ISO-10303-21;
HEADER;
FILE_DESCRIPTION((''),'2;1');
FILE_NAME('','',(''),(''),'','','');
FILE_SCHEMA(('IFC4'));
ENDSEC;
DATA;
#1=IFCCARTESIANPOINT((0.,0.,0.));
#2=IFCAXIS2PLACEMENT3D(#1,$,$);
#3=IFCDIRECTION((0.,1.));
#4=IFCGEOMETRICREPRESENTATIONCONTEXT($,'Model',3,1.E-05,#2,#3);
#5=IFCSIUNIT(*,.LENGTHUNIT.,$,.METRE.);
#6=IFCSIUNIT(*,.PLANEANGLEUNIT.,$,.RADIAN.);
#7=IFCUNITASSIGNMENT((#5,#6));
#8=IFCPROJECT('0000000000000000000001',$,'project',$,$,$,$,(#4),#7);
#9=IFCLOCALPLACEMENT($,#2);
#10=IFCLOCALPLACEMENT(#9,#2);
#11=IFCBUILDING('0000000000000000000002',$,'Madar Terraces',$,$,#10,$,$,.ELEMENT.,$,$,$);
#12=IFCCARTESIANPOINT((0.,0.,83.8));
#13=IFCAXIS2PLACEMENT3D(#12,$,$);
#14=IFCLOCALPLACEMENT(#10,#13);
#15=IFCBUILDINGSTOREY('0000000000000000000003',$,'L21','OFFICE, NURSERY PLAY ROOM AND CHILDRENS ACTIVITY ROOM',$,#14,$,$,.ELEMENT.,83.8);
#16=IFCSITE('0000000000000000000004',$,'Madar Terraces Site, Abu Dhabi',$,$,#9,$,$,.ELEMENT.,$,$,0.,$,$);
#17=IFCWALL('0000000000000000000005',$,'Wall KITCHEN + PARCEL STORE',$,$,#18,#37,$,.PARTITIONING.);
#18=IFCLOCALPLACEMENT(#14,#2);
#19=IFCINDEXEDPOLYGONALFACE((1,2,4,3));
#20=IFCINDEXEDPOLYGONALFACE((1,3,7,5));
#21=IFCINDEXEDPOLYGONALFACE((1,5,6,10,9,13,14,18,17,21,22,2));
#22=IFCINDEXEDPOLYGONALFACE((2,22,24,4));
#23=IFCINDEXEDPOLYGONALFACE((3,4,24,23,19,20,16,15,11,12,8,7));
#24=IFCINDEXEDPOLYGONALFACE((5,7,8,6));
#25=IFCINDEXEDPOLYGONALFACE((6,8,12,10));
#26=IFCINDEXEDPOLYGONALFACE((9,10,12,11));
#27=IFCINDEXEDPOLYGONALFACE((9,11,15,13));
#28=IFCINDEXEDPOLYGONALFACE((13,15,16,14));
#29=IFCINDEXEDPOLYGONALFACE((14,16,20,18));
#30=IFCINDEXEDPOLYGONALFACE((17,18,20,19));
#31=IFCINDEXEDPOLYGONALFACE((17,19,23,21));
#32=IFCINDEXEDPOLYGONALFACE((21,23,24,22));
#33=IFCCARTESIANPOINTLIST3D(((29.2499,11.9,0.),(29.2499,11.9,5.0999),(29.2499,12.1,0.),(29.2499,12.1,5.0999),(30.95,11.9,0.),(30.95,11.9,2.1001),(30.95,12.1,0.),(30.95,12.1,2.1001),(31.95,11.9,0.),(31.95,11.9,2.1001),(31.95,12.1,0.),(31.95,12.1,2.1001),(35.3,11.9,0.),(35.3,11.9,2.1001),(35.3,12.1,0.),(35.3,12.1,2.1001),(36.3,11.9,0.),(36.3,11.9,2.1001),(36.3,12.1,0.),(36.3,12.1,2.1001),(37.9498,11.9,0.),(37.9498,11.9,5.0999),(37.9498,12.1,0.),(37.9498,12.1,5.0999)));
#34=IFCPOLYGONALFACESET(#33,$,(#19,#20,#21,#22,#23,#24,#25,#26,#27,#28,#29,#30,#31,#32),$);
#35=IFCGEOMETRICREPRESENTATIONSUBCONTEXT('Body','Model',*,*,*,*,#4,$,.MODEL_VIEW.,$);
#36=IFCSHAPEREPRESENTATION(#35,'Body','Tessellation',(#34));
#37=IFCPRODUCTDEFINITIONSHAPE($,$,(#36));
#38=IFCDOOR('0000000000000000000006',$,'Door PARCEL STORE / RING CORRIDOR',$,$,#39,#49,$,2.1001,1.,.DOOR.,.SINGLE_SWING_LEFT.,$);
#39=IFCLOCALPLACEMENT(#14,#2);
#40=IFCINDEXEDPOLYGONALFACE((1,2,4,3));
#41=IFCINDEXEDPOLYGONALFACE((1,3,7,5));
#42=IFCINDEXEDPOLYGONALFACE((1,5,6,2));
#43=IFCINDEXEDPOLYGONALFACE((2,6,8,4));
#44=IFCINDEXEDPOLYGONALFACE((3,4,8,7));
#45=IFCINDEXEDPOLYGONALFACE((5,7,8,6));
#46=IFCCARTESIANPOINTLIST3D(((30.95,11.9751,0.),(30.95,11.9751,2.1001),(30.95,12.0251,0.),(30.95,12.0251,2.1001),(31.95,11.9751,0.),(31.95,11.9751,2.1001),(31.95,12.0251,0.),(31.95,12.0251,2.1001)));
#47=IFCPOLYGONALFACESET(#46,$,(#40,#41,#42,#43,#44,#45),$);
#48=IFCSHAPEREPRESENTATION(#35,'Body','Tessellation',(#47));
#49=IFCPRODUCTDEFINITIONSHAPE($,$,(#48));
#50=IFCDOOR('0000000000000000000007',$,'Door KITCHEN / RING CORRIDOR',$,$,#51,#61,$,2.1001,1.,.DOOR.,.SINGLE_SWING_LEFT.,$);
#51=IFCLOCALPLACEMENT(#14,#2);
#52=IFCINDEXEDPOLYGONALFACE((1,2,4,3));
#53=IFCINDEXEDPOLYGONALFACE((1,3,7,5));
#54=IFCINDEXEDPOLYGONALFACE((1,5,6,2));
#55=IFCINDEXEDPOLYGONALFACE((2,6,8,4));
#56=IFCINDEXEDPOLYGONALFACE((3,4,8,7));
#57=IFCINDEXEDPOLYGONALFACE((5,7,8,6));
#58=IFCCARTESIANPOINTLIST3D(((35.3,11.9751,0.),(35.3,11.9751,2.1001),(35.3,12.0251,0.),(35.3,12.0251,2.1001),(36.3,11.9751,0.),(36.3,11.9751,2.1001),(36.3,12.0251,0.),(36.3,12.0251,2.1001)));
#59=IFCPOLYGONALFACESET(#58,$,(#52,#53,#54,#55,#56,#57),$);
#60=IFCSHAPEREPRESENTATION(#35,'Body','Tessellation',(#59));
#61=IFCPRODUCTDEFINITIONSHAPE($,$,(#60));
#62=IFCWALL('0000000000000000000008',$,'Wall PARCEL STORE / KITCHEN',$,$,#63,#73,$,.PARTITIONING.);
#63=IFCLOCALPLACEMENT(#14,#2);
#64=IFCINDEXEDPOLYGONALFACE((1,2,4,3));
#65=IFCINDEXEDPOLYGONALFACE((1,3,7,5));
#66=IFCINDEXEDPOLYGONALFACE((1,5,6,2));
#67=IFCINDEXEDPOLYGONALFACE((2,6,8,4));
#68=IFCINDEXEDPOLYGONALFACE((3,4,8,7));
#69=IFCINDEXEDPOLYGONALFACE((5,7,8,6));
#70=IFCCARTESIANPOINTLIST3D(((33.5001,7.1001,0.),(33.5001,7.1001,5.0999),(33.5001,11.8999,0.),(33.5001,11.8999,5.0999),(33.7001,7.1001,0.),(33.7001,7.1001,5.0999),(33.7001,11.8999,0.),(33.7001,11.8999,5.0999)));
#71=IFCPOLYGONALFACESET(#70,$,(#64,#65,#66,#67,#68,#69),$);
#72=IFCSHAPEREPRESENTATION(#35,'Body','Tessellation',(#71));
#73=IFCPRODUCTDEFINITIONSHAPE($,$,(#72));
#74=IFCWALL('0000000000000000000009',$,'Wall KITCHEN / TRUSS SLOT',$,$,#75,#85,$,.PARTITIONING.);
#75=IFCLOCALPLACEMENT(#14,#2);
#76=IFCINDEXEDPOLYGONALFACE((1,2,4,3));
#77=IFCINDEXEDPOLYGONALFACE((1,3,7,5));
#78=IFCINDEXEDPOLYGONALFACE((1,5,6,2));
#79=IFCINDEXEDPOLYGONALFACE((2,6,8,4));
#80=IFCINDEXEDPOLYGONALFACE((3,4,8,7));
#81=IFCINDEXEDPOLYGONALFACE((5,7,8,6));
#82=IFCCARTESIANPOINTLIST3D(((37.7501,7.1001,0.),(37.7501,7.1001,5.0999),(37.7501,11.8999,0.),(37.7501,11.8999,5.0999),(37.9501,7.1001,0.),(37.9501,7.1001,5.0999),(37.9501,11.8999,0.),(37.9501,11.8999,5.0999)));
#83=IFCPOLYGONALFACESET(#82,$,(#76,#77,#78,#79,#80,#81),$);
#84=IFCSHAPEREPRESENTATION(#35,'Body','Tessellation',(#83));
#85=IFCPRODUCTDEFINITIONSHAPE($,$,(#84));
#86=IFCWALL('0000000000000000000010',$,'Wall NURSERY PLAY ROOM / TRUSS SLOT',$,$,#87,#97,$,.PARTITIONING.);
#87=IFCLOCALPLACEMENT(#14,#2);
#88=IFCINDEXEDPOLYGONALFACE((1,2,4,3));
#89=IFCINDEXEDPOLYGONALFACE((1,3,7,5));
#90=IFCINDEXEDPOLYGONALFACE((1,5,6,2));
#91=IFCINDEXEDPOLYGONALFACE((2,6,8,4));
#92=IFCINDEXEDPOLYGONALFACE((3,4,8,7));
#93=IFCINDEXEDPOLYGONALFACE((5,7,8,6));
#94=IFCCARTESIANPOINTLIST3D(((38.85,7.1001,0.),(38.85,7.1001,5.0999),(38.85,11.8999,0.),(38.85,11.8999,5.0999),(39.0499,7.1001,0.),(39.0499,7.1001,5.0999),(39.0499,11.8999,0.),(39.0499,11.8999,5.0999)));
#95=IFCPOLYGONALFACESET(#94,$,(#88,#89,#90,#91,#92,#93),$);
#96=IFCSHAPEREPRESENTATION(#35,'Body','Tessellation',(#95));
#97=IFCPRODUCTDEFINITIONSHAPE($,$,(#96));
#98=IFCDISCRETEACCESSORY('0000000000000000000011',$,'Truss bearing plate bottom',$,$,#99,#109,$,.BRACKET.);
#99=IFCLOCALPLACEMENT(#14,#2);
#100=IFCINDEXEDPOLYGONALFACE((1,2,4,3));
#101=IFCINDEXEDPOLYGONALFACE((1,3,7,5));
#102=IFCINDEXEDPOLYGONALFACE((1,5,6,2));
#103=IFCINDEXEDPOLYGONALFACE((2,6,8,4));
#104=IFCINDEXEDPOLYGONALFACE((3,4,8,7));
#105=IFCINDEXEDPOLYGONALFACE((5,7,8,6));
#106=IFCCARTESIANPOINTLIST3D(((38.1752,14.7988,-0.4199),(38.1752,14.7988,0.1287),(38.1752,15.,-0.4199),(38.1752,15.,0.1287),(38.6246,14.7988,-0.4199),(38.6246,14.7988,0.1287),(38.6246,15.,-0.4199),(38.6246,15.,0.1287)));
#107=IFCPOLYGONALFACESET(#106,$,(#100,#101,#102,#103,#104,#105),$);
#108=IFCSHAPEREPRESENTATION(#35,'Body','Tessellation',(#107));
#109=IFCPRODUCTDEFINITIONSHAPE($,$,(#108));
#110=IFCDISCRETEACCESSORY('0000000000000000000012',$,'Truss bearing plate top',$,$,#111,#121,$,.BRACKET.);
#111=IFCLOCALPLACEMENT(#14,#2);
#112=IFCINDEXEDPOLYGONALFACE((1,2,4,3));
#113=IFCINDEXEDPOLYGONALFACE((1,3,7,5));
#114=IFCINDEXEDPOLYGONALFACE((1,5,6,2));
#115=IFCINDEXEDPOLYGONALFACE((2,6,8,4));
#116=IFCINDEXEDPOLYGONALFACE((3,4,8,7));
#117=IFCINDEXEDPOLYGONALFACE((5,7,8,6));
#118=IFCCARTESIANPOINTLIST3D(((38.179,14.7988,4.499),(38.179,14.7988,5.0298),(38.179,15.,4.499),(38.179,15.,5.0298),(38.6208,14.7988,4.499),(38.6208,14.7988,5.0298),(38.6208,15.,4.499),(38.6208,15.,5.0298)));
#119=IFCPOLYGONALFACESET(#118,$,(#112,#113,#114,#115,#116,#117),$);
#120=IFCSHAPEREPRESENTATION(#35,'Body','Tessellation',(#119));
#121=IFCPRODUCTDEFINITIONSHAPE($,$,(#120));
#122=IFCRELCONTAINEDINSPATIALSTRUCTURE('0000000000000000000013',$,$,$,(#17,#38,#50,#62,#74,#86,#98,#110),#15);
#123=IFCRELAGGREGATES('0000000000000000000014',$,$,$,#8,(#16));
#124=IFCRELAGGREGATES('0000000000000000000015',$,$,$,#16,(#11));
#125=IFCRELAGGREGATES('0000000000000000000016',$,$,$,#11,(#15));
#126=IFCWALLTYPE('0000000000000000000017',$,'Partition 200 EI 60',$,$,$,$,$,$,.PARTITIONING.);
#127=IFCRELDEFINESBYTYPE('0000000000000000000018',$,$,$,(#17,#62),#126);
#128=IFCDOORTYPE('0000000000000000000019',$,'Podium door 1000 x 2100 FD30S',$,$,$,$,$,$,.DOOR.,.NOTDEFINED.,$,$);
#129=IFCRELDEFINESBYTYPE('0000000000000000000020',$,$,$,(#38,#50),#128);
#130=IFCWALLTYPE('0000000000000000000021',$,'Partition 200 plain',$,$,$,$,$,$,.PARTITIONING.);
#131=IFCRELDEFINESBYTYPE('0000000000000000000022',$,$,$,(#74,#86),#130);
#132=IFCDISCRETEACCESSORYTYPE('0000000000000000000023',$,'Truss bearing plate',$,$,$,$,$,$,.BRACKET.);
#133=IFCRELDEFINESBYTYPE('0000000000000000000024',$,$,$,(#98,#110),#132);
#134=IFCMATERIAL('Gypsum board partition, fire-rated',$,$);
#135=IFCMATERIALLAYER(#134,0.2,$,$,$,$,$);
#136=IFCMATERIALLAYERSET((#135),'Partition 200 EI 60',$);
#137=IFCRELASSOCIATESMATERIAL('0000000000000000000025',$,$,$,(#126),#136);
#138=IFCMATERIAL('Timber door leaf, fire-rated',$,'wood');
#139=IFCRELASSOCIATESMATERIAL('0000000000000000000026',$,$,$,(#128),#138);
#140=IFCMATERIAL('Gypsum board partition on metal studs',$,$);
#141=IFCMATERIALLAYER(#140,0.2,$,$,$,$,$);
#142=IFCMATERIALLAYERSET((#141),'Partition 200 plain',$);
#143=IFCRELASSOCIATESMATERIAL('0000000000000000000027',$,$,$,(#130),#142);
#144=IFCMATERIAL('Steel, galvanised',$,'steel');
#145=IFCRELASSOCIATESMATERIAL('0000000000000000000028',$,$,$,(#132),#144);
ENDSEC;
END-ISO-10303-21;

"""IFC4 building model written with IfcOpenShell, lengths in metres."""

from ifc_helpers import new_model, si_unit, direction, frame, frame_2d, origin, origin_2d, place, context, subcontext, project, spatial, rectangle, extrude, material, layer, layer_set, type_object, element, fill, save


model = new_model("IFC4")

# Units and contexts
model_context = context("Model", 3, precision=1e-05, world=origin(), true_north=direction((0.0, 1.0)))
body_context = subcontext(model_context, "Body", "Model", "MODEL_VIEW")
ifc_project = project(units=[si_unit("LENGTHUNIT", "METRE"), si_unit("PLANEANGLEUNIT", "RADIAN")], contexts=[model_context])

# Site, building, storey
site_placement = place(None, origin())
site = spatial("IfcSite", under=ifc_project, at=site_placement, Name="Madar Terraces Site, Abu Dhabi", CompositionType="ELEMENT", RefElevation=0.0)
building_placement = place(site_placement, origin())
building = spatial("IfcBuilding", under=site, at=building_placement, Name="Madar Terraces", CompositionType="ELEMENT")
storey_placement = place(building_placement, frame((0.0, 0.0, 83.8)))
storey = spatial("IfcBuildingStorey", under=building, at=storey_placement, Name="L21", Description="OFFICE, NURSERY PLAY ROOM AND CHILDRENS ACTIVITY ROOM", CompositionType="ELEMENT", Elevation=83.8)

# Wall, openings, doors
ifc_material_1 = material(Name="Gypsum board partition, fire-rated")
ifc_layer_1 = layer(ifc_material_1, 0.2)
ifc_layer_set_1 = layer_set([ifc_layer_1], Name="Partition 200 EI 60")
wall_type_1 = type_object("IfcWallType", Name="Partition 200 EI 60", PredefinedType="PARTITIONING", material=ifc_layer_set_1)
wall_1_placement = place(storey_placement, frame((37.95, 12.0, 0.0), z_axis=(0.0, 0.0, 1.0), x_axis=(-1.0, 0.0, 0.0)))
wall_1 = element("IfcWall", 1, at=wall_1_placement, inside=storey, type_object=wall_type_1, Name="Wall KITCHEN + PARCEL STORE", PredefinedType="PARTITIONING", context=body_context, shape_type="SweptSolid", body=[
    extrude(rectangle(XDim=8.7, YDim=0.2, at=frame_2d((4.3501, 0.0))), origin(), (0.0, 0.0, 1.0), 5.0999),
])
opening_1_placement = place(wall_1_placement, frame((6.0, 0.0, 0.0)))
opening_1 = element("IfcOpeningElement", 2, at=opening_1_placement, cuts=wall_1, PredefinedType="OPENING", context=body_context, shape_type="SweptSolid", body=[
    extrude(rectangle(XDim=1.0, YDim=2.1001, at=frame_2d((0.5, 1.05))), frame((0.0, 0.1099, 0.0), z_axis=(0.0, -1.0, 0.0), x_axis=(1.0, 0.0, 0.0)), (0.0, 0.0, 1.0), 0.22),
])
opening_2_placement = place(wall_1_placement, frame((1.6499, 0.0, 0.0)))
opening_2 = element("IfcOpeningElement", 3, at=opening_2_placement, cuts=wall_1, PredefinedType="OPENING", context=body_context, shape_type="SweptSolid", body=[
    extrude(rectangle(XDim=1.0, YDim=2.1001, at=frame_2d((0.5, 1.05))), frame((0.0, 0.1099, 0.0), z_axis=(0.0, -1.0, 0.0), x_axis=(1.0, 0.0, 0.0)), (0.0, 0.0, 1.0), 0.22),
])
ifc_material_2 = material(Name="Timber door leaf, fire-rated", Category="wood")
door_type_1 = type_object("IfcDoorType", Name="Podium door 1000 x 2100 FD30S", OperationType="NOTDEFINED", PredefinedType="DOOR", material=ifc_material_2)
door_1_placement = place(opening_1_placement, origin())
door_1 = element("IfcDoor", 4, at=door_1_placement, inside=storey, type_object=door_type_1, Name="Door PARCEL STORE / RING CORRIDOR", OperationType="SINGLE_SWING_LEFT", OverallHeight=2.1001, OverallWidth=1.0, PredefinedType="DOOR", context=body_context, shape_type="SweptSolid", body=[
    extrude(rectangle(XDim=1.0, YDim=2.1001, at=frame_2d((0.5, 1.05))), frame((0.0, 0.0249, 0.0), z_axis=(0.0, -1.0, 0.0), x_axis=(1.0, 0.0, 0.0)), (0.0, 0.0, 1.0), 0.05),
])
fill(opening_1, door_1)
door_2_placement = place(opening_2_placement, origin())
door_2 = element("IfcDoor", 5, at=door_2_placement, inside=storey, type_object=door_type_1, Name="Door KITCHEN / RING CORRIDOR", OperationType="SINGLE_SWING_LEFT", OverallHeight=2.1001, OverallWidth=1.0, PredefinedType="DOOR", context=body_context, shape_type="SweptSolid", body=[
    extrude(rectangle(XDim=1.0, YDim=2.1001, at=frame_2d((0.5, 1.05))), frame((0.0, 0.0249, 0.0), z_axis=(0.0, -1.0, 0.0), x_axis=(1.0, 0.0, 0.0)), (0.0, 0.0, 1.0), 0.05),
])
fill(opening_2, door_2)

# Walls
wall_2_placement = place(storey_placement, frame((33.6001, 7.1001, 0.0), z_axis=(0.0, 0.0, 1.0), x_axis=(0.0, 1.0, 0.0)))
element("IfcWall", 6, at=wall_2_placement, inside=storey, type_object=wall_type_1, Name="Wall PARCEL STORE / KITCHEN", PredefinedType="PARTITIONING", context=body_context, shape_type="SweptSolid", body=[
    extrude(rectangle(XDim=4.7998, YDim=0.2, at=frame_2d((2.3999, 0.0))), origin(), (0.0, 0.0, 1.0), 5.0999),
])
ifc_material_3 = material(Name="Gypsum board partition on metal studs")
ifc_layer_2 = layer(ifc_material_3, 0.2)
ifc_layer_set_2 = layer_set([ifc_layer_2], Name="Partition 200 plain")
wall_type_2 = type_object("IfcWallType", Name="Partition 200 plain", PredefinedType="PARTITIONING", material=ifc_layer_set_2)
for number, where, z_axis, x_axis, name in (
    (7, (37.8501, 7.1001, 0.0), (0.0, 0.0, 1.0), (0.0, 1.0, 0.0), "Wall KITCHEN / TRUSS SLOT"),
    (8, (38.95, 7.1001, 0.0), (0.0, 0.0, 1.0), (0.0, 1.0, 0.0), "Wall NURSERY PLAY ROOM / TRUSS SLOT"),
):
    element("IfcWall", number, at=place(storey_placement, frame(where, z_axis=z_axis, x_axis=x_axis)), inside=storey, type_object=wall_type_2, Name=name, PredefinedType="PARTITIONING", context=body_context, shape_type="SweptSolid", body=[
        extrude(rectangle(XDim=4.7998, YDim=0.2, at=frame_2d((2.3999, 0.0))), origin(), (0.0, 0.0, 1.0), 5.0999),
    ])

# Discrete accessories
ifc_material_4 = material(Name="Steel, galvanised", Category="steel")
discrete_accessory_type = type_object("IfcDiscreteAccessoryType", Name="Truss bearing plate", PredefinedType="BRACKET", material=ifc_material_4)
discrete_accessory_1_placement = place(storey_placement, frame((38.3999, 14.8994, -0.4199), z_axis=(0.0, 0.0, 1.0), x_axis=(1.0, 0.0, 0.0)))
element("IfcDiscreteAccessory", 9, at=discrete_accessory_1_placement, inside=storey, type_object=discrete_accessory_type, Name="Truss bearing plate bottom", PredefinedType="BRACKET", context=body_context, shape_type="SweptSolid", body=[
    extrude(rectangle(XDim=0.4495, YDim=0.2012, at=origin_2d()), origin(), (0.0, 0.0, 1.0), 0.5486),
])
discrete_accessory_2_placement = place(storey_placement, frame((38.3999, 14.8994, 4.499), z_axis=(0.0, 0.0, 1.0), x_axis=(1.0, 0.0, 0.0)))
element("IfcDiscreteAccessory", 10, at=discrete_accessory_2_placement, inside=storey, type_object=discrete_accessory_type, Name="Truss bearing plate top", PredefinedType="BRACKET", context=body_context, shape_type="SweptSolid", body=[
    extrude(rectangle(XDim=0.4419, YDim=0.2012, at=origin_2d()), origin(), (0.0, 0.0, 1.0), 0.5308),
])

save(model, "model.ifc")
